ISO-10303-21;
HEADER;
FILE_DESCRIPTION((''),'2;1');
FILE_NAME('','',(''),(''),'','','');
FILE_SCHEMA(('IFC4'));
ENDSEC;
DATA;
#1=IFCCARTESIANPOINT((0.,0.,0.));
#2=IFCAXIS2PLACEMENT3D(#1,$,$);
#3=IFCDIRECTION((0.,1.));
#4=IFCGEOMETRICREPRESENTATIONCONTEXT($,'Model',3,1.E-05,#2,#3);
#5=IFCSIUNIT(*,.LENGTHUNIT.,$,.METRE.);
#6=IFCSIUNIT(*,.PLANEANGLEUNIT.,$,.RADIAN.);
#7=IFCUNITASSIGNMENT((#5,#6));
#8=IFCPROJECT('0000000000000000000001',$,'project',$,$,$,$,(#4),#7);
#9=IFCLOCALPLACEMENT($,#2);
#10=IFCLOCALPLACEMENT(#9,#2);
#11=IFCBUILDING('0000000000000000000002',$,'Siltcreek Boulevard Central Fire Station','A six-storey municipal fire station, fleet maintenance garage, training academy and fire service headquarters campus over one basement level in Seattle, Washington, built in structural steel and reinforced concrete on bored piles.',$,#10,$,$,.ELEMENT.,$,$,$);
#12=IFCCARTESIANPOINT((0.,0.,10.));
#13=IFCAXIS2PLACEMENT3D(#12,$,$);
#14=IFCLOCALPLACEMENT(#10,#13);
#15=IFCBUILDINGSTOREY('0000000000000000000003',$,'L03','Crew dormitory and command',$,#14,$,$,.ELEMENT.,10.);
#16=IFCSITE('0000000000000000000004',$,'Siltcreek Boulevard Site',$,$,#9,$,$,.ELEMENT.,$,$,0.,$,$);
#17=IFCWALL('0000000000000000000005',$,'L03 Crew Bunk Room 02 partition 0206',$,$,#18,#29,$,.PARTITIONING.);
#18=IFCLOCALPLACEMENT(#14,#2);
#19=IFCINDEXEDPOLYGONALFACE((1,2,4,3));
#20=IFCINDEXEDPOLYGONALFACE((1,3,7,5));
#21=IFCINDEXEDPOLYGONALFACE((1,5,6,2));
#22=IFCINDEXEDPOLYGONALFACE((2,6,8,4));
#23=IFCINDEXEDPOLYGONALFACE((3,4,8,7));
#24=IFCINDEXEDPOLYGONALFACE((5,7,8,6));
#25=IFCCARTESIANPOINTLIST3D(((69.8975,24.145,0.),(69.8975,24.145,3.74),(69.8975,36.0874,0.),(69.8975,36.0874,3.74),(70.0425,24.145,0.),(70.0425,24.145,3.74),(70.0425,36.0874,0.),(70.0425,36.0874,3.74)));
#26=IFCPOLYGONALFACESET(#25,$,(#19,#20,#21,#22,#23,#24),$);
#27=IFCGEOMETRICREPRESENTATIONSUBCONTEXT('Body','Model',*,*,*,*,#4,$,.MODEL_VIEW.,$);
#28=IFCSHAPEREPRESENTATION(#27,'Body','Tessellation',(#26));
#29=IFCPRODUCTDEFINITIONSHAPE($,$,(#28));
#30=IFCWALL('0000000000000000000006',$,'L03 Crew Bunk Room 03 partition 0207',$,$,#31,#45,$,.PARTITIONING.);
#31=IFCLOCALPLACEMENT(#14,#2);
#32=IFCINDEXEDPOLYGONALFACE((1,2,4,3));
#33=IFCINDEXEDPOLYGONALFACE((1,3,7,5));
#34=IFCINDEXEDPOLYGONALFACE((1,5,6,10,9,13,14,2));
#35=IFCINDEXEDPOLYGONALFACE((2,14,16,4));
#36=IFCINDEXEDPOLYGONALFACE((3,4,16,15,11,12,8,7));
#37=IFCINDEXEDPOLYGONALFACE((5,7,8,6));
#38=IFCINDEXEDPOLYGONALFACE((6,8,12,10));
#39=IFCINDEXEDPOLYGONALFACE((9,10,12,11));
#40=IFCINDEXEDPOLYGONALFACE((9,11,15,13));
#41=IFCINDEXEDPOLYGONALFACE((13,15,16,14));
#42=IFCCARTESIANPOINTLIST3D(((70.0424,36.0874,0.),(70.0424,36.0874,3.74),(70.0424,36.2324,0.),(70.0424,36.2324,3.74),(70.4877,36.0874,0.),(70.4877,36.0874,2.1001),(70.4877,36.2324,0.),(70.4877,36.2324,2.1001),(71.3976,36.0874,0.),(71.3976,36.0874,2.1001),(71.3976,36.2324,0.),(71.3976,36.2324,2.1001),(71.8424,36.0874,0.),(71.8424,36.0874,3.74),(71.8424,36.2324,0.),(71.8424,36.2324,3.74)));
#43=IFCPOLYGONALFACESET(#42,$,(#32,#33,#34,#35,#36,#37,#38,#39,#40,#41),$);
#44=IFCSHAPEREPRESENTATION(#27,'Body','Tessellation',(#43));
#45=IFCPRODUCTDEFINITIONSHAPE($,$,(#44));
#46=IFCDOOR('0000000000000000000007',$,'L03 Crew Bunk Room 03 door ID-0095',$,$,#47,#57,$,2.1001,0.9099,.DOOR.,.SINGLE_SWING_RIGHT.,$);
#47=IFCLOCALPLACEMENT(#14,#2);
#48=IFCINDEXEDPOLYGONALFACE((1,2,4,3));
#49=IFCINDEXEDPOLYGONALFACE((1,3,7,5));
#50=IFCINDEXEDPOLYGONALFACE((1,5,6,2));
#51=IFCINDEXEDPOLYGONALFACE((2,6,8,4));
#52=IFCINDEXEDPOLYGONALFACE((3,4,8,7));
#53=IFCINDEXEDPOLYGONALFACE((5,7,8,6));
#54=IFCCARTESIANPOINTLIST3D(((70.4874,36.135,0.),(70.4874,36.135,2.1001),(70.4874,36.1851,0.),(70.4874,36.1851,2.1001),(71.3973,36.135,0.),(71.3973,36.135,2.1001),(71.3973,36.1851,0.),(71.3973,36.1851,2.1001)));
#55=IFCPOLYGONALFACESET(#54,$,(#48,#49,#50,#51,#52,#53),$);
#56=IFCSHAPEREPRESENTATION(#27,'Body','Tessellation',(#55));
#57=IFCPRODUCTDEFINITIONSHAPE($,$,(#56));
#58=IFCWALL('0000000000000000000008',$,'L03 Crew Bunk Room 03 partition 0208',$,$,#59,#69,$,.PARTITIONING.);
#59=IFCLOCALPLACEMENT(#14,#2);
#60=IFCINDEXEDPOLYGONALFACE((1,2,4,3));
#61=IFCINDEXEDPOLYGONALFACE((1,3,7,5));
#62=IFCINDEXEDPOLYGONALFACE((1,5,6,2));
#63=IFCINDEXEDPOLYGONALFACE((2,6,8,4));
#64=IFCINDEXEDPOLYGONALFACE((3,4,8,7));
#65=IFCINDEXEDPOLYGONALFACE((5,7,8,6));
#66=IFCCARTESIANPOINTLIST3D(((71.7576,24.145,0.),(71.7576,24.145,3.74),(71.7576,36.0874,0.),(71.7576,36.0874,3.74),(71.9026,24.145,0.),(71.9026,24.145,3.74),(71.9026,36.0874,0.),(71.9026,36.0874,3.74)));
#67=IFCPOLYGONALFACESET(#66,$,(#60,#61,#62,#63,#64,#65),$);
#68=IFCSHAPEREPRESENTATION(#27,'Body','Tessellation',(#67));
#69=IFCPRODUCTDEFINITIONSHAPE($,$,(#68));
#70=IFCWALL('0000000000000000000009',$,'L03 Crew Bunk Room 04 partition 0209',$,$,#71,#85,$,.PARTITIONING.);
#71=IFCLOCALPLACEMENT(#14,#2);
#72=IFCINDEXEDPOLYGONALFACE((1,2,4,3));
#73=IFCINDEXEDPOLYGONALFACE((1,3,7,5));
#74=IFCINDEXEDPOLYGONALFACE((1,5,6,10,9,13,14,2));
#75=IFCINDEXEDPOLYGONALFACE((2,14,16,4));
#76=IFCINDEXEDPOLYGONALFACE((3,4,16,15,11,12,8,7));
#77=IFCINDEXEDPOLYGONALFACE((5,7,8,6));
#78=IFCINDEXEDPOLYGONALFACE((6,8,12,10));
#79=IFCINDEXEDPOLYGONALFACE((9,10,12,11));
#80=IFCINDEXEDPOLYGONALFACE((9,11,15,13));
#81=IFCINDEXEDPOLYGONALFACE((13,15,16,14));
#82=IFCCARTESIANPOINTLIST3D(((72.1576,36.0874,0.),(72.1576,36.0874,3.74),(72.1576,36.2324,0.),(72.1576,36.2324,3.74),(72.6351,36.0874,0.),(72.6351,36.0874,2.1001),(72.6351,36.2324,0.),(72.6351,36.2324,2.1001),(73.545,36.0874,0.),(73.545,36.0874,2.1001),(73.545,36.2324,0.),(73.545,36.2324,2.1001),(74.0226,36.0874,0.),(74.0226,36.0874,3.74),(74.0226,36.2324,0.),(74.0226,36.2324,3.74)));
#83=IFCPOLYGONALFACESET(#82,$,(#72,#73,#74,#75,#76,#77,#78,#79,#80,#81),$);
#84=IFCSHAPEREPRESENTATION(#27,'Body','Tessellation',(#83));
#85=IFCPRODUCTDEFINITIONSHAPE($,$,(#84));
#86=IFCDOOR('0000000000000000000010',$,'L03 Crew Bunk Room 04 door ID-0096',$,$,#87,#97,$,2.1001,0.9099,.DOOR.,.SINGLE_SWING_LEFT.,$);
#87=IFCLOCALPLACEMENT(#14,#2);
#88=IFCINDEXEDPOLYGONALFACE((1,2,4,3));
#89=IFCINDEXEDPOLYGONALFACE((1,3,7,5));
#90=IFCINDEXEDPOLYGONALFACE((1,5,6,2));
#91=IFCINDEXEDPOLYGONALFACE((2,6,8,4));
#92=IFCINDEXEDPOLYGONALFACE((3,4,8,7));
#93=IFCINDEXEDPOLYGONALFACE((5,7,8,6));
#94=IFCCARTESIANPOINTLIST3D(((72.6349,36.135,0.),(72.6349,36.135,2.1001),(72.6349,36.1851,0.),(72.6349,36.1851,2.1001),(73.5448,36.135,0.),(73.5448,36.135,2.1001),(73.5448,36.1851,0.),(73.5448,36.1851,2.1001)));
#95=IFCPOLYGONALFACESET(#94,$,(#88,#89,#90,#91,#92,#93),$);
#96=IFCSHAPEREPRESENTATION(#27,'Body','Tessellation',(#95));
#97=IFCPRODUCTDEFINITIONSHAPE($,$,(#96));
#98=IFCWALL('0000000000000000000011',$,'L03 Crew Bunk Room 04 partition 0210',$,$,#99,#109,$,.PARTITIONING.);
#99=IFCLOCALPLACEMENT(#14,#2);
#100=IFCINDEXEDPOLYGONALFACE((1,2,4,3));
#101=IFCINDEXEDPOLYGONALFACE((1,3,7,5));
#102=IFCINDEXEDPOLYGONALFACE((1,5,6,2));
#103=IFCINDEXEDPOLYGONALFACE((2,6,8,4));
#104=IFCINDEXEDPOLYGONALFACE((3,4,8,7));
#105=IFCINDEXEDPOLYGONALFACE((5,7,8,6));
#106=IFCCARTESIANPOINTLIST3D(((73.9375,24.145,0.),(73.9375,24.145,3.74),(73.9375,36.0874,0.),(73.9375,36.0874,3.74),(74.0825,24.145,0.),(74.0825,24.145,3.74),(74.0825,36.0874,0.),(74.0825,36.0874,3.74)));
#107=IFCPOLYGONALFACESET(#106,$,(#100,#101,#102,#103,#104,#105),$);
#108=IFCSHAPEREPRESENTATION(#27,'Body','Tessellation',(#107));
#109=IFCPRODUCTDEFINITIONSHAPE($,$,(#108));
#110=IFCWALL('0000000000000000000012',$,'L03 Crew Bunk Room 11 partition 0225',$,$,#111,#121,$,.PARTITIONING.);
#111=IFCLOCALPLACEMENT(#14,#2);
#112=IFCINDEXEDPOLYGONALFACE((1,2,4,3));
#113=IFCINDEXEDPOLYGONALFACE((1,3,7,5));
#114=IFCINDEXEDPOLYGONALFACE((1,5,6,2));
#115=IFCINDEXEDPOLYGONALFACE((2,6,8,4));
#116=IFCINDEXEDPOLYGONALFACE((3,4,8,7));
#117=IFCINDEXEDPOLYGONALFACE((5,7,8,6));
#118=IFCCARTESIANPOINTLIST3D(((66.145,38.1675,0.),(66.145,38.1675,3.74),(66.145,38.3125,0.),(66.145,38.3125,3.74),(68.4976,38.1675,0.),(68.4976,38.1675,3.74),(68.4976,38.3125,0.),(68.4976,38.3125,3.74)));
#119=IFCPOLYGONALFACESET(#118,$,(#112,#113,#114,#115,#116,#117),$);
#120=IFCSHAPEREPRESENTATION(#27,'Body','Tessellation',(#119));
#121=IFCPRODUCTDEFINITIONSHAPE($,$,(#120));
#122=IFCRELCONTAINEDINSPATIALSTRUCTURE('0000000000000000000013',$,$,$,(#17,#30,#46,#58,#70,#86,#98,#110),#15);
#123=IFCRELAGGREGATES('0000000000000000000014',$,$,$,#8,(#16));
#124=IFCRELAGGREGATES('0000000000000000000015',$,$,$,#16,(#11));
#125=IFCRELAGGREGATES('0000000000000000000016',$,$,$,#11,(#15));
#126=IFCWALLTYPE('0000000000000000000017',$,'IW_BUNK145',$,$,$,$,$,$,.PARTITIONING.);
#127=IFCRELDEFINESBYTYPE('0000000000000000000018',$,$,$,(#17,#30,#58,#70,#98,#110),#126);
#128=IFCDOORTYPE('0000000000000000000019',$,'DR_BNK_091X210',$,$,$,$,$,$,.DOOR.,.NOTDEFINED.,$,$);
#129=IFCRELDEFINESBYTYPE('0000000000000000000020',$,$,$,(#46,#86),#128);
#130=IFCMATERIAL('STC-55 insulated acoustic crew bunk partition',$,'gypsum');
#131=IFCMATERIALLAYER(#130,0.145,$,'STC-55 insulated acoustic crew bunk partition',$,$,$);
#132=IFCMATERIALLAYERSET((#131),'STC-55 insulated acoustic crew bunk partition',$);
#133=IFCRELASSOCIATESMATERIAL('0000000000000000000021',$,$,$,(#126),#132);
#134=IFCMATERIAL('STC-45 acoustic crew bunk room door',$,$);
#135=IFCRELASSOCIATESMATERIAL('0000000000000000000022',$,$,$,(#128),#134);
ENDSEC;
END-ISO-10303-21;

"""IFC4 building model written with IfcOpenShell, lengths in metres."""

from ifc_helpers import new_model, si_unit, direction, frame, frame_2d, origin, place, context, subcontext, project, spatial, rectangle, extrude, material, layer, layer_set, type_object, element, fill, save


model = new_model("IFC4")

# Units and contexts
model_context = context("Model", 3, precision=1e-05, world=origin(), true_north=direction((0.0, 1.0)))
body_context = subcontext(model_context, "Body", "Model", "MODEL_VIEW")
ifc_project = project(units=[si_unit("LENGTHUNIT", "METRE"), si_unit("PLANEANGLEUNIT", "RADIAN")], contexts=[model_context])

# Site, building, storey
site_placement = place(None, origin())
site = spatial("IfcSite", under=ifc_project, at=site_placement, Name="Siltcreek Boulevard Site", CompositionType="ELEMENT", RefElevation=0.0)
building_placement = place(site_placement, origin())
building = spatial("IfcBuilding", under=site, at=building_placement, Name="Siltcreek Boulevard Central Fire Station", Description="A six-storey municipal fire station, fleet maintenance garage, training academy and fire service headquarters campus over one basement level in Seattle, Washington, built in structural steel and reinforced concrete on bored piles.", CompositionType="ELEMENT")
storey_placement = place(building_placement, frame((0.0, 0.0, 10.0)))
storey = spatial("IfcBuildingStorey", under=building, at=storey_placement, Name="L03", Description="Crew dormitory and command", CompositionType="ELEMENT", Elevation=10.0)

# Shared definitions
ifc_material_1 = material(Name="STC-55 insulated acoustic crew bunk partition", Category="gypsum")
ifc_layer_1 = layer(ifc_material_1, 0.145, Name="STC-55 insulated acoustic crew bunk partition")
ifc_layer_set_1 = layer_set([ifc_layer_1], Name="STC-55 insulated acoustic crew bunk partition")
wall_type_1 = type_object("IfcWallType", Name="IW_BUNK145", PredefinedType="PARTITIONING", material=ifc_layer_set_1)
ifc_material_2 = material(Name="STC-45 acoustic crew bunk room door")
door_type = type_object("IfcDoorType", Name="DR_BNK_091X210", OperationType="NOTDEFINED", PredefinedType="DOOR", material=ifc_material_2)

# Wall
wall_1_placement = place(storey_placement, frame((69.97, 36.0874, 0.0), z_axis=(0.0, 0.0, 1.0), x_axis=(0.0, -1.0, 0.0)))
element("IfcWall", 1, at=wall_1_placement, inside=storey, type_object=wall_type_1, Name="L03 Crew Bunk Room 02 partition 0206", PredefinedType="PARTITIONING", context=body_context, shape_type="SweptSolid", body=[
    extrude(rectangle(XDim=11.9424, YDim=0.145, at=frame_2d((5.9712, 0.0))), origin(), (0.0, 0.0, 1.0), 3.74),
])

# Wall, opening, door
wall_2_placement = place(storey_placement, frame((70.0425, 36.1599, 0.0), z_axis=(0.0, 0.0, 1.0), x_axis=(1.0, 0.0, 0.0)))
wall_2 = element("IfcWall", 2, at=wall_2_placement, inside=storey, type_object=wall_type_1, Name="L03 Crew Bunk Room 03 partition 0207", PredefinedType="PARTITIONING", context=body_context, shape_type="SweptSolid", body=[
    extrude(rectangle(XDim=1.8, YDim=0.145, at=frame_2d((0.8999, 0.0))), origin(), (0.0, 0.0, 1.0), 3.74),
])
opening_1_placement = place(wall_2_placement, frame((0.4451, 0.0, 0.0)))
opening_1 = element("IfcOpeningElement", 3, at=opening_1_placement, cuts=wall_2, PredefinedType="OPENING", context=body_context, shape_type="SweptSolid", body=[
    extrude(rectangle(XDim=0.9099, YDim=2.1001, at=frame_2d((0.4551, 1.05))), frame((0.0, 0.0825, 0.0), z_axis=(0.0, -1.0, 0.0), x_axis=(1.0, 0.0, 0.0)), (0.0, 0.0, 1.0), 0.165),
])
door_1_placement = place(opening_1_placement, frame((0.9099, 0.0, 0.0), z_axis=(0.0, 0.0, 1.0), x_axis=(-1.0, 0.0, 0.0)))
door_1 = element("IfcDoor", 4, at=door_1_placement, inside=storey, type_object=door_type, Name="L03 Crew Bunk Room 03 door ID-0095", OperationType="SINGLE_SWING_RIGHT", OverallHeight=2.1001, OverallWidth=0.9099, PredefinedType="DOOR", context=body_context, shape_type="SweptSolid", body=[
    extrude(rectangle(XDim=0.9099, YDim=2.1001, at=frame_2d((0.4551, 1.05))), frame((0.0, 0.0249, 0.0), z_axis=(0.0, -1.0, 0.0), x_axis=(1.0, 0.0, 0.0)), (0.0, 0.0, 1.0), 0.05),
])
fill(opening_1, door_1)

# Wall
wall_3_placement = place(storey_placement, frame((71.8301, 36.0874, 0.0), z_axis=(0.0, 0.0, 1.0), x_axis=(0.0, -1.0, 0.0)))
element("IfcWall", 5, at=wall_3_placement, inside=storey, type_object=wall_type_1, Name="L03 Crew Bunk Room 03 partition 0208", PredefinedType="PARTITIONING", context=body_context, shape_type="SweptSolid", body=[
    extrude(rectangle(XDim=11.9424, YDim=0.145, at=frame_2d((5.9712, 0.0))), origin(), (0.0, 0.0, 1.0), 3.74),
])

# Wall, opening, door
wall_4_placement = place(storey_placement, frame((72.1575, 36.1599, 0.0), z_axis=(0.0, 0.0, 1.0), x_axis=(1.0, 0.0, 0.0)))
wall_4 = element("IfcWall", 6, at=wall_4_placement, inside=storey, type_object=wall_type_1, Name="L03 Crew Bunk Room 04 partition 0209", PredefinedType="PARTITIONING", context=body_context, shape_type="SweptSolid", body=[
    extrude(rectangle(XDim=1.865, YDim=0.145, at=frame_2d((0.9326, 0.0))), origin(), (0.0, 0.0, 1.0), 3.74),
])
opening_2_placement = place(wall_4_placement, frame((0.4775, 0.0, 0.0)))
opening_2 = element("IfcOpeningElement", 7, at=opening_2_placement, cuts=wall_4, PredefinedType="OPENING", context=body_context, shape_type="SweptSolid", body=[
    extrude(rectangle(XDim=0.9099, YDim=2.1001, at=frame_2d((0.4551, 1.05))), frame((0.0, 0.0825, 0.0), z_axis=(0.0, -1.0, 0.0), x_axis=(1.0, 0.0, 0.0)), (0.0, 0.0, 1.0), 0.165),
])
door_2_placement = place(opening_2_placement, frame((0.9099, 0.0, 0.0), z_axis=(0.0, 0.0, 1.0), x_axis=(-1.0, 0.0, 0.0)))
door_2 = element("IfcDoor", 8, at=door_2_placement, inside=storey, type_object=door_type, Name="L03 Crew Bunk Room 04 door ID-0096", OperationType="SINGLE_SWING_LEFT", OverallHeight=2.1001, OverallWidth=0.9099, PredefinedType="DOOR", context=body_context, shape_type="SweptSolid", body=[
    extrude(rectangle(XDim=0.9099, YDim=2.1001, at=frame_2d((0.4551, 1.05))), frame((0.0, 0.0249, 0.0), z_axis=(0.0, -1.0, 0.0), x_axis=(1.0, 0.0, 0.0)), (0.0, 0.0, 1.0), 0.05),
])
fill(opening_2, door_2)

# Walls
wall_5_placement = place(storey_placement, frame((74.01, 36.0874, 0.0), z_axis=(0.0, 0.0, 1.0), x_axis=(0.0, -1.0, 0.0)))
element("IfcWall", 9, at=wall_5_placement, inside=storey, type_object=wall_type_1, Name="L03 Crew Bunk Room 04 partition 0210", PredefinedType="PARTITIONING", context=body_context, shape_type="SweptSolid", body=[
    extrude(rectangle(XDim=11.9424, YDim=0.145, at=frame_2d((5.9712, 0.0))), origin(), (0.0, 0.0, 1.0), 3.74),
])
wall_6_placement = place(storey_placement, frame((68.4976, 38.24, 0.0), z_axis=(0.0, 0.0, 1.0), x_axis=(-1.0, 0.0, 0.0)))
element("IfcWall", 10, at=wall_6_placement, inside=storey, type_object=wall_type_1, Name="L03 Crew Bunk Room 11 partition 0225", PredefinedType="PARTITIONING", context=body_context, shape_type="SweptSolid", body=[
    extrude(rectangle(XDim=2.3525, YDim=0.145, at=frame_2d((1.1763, 0.0))), origin(), (0.0, 0.0, 1.0), 3.74),
])

save(model, "model.ifc")
